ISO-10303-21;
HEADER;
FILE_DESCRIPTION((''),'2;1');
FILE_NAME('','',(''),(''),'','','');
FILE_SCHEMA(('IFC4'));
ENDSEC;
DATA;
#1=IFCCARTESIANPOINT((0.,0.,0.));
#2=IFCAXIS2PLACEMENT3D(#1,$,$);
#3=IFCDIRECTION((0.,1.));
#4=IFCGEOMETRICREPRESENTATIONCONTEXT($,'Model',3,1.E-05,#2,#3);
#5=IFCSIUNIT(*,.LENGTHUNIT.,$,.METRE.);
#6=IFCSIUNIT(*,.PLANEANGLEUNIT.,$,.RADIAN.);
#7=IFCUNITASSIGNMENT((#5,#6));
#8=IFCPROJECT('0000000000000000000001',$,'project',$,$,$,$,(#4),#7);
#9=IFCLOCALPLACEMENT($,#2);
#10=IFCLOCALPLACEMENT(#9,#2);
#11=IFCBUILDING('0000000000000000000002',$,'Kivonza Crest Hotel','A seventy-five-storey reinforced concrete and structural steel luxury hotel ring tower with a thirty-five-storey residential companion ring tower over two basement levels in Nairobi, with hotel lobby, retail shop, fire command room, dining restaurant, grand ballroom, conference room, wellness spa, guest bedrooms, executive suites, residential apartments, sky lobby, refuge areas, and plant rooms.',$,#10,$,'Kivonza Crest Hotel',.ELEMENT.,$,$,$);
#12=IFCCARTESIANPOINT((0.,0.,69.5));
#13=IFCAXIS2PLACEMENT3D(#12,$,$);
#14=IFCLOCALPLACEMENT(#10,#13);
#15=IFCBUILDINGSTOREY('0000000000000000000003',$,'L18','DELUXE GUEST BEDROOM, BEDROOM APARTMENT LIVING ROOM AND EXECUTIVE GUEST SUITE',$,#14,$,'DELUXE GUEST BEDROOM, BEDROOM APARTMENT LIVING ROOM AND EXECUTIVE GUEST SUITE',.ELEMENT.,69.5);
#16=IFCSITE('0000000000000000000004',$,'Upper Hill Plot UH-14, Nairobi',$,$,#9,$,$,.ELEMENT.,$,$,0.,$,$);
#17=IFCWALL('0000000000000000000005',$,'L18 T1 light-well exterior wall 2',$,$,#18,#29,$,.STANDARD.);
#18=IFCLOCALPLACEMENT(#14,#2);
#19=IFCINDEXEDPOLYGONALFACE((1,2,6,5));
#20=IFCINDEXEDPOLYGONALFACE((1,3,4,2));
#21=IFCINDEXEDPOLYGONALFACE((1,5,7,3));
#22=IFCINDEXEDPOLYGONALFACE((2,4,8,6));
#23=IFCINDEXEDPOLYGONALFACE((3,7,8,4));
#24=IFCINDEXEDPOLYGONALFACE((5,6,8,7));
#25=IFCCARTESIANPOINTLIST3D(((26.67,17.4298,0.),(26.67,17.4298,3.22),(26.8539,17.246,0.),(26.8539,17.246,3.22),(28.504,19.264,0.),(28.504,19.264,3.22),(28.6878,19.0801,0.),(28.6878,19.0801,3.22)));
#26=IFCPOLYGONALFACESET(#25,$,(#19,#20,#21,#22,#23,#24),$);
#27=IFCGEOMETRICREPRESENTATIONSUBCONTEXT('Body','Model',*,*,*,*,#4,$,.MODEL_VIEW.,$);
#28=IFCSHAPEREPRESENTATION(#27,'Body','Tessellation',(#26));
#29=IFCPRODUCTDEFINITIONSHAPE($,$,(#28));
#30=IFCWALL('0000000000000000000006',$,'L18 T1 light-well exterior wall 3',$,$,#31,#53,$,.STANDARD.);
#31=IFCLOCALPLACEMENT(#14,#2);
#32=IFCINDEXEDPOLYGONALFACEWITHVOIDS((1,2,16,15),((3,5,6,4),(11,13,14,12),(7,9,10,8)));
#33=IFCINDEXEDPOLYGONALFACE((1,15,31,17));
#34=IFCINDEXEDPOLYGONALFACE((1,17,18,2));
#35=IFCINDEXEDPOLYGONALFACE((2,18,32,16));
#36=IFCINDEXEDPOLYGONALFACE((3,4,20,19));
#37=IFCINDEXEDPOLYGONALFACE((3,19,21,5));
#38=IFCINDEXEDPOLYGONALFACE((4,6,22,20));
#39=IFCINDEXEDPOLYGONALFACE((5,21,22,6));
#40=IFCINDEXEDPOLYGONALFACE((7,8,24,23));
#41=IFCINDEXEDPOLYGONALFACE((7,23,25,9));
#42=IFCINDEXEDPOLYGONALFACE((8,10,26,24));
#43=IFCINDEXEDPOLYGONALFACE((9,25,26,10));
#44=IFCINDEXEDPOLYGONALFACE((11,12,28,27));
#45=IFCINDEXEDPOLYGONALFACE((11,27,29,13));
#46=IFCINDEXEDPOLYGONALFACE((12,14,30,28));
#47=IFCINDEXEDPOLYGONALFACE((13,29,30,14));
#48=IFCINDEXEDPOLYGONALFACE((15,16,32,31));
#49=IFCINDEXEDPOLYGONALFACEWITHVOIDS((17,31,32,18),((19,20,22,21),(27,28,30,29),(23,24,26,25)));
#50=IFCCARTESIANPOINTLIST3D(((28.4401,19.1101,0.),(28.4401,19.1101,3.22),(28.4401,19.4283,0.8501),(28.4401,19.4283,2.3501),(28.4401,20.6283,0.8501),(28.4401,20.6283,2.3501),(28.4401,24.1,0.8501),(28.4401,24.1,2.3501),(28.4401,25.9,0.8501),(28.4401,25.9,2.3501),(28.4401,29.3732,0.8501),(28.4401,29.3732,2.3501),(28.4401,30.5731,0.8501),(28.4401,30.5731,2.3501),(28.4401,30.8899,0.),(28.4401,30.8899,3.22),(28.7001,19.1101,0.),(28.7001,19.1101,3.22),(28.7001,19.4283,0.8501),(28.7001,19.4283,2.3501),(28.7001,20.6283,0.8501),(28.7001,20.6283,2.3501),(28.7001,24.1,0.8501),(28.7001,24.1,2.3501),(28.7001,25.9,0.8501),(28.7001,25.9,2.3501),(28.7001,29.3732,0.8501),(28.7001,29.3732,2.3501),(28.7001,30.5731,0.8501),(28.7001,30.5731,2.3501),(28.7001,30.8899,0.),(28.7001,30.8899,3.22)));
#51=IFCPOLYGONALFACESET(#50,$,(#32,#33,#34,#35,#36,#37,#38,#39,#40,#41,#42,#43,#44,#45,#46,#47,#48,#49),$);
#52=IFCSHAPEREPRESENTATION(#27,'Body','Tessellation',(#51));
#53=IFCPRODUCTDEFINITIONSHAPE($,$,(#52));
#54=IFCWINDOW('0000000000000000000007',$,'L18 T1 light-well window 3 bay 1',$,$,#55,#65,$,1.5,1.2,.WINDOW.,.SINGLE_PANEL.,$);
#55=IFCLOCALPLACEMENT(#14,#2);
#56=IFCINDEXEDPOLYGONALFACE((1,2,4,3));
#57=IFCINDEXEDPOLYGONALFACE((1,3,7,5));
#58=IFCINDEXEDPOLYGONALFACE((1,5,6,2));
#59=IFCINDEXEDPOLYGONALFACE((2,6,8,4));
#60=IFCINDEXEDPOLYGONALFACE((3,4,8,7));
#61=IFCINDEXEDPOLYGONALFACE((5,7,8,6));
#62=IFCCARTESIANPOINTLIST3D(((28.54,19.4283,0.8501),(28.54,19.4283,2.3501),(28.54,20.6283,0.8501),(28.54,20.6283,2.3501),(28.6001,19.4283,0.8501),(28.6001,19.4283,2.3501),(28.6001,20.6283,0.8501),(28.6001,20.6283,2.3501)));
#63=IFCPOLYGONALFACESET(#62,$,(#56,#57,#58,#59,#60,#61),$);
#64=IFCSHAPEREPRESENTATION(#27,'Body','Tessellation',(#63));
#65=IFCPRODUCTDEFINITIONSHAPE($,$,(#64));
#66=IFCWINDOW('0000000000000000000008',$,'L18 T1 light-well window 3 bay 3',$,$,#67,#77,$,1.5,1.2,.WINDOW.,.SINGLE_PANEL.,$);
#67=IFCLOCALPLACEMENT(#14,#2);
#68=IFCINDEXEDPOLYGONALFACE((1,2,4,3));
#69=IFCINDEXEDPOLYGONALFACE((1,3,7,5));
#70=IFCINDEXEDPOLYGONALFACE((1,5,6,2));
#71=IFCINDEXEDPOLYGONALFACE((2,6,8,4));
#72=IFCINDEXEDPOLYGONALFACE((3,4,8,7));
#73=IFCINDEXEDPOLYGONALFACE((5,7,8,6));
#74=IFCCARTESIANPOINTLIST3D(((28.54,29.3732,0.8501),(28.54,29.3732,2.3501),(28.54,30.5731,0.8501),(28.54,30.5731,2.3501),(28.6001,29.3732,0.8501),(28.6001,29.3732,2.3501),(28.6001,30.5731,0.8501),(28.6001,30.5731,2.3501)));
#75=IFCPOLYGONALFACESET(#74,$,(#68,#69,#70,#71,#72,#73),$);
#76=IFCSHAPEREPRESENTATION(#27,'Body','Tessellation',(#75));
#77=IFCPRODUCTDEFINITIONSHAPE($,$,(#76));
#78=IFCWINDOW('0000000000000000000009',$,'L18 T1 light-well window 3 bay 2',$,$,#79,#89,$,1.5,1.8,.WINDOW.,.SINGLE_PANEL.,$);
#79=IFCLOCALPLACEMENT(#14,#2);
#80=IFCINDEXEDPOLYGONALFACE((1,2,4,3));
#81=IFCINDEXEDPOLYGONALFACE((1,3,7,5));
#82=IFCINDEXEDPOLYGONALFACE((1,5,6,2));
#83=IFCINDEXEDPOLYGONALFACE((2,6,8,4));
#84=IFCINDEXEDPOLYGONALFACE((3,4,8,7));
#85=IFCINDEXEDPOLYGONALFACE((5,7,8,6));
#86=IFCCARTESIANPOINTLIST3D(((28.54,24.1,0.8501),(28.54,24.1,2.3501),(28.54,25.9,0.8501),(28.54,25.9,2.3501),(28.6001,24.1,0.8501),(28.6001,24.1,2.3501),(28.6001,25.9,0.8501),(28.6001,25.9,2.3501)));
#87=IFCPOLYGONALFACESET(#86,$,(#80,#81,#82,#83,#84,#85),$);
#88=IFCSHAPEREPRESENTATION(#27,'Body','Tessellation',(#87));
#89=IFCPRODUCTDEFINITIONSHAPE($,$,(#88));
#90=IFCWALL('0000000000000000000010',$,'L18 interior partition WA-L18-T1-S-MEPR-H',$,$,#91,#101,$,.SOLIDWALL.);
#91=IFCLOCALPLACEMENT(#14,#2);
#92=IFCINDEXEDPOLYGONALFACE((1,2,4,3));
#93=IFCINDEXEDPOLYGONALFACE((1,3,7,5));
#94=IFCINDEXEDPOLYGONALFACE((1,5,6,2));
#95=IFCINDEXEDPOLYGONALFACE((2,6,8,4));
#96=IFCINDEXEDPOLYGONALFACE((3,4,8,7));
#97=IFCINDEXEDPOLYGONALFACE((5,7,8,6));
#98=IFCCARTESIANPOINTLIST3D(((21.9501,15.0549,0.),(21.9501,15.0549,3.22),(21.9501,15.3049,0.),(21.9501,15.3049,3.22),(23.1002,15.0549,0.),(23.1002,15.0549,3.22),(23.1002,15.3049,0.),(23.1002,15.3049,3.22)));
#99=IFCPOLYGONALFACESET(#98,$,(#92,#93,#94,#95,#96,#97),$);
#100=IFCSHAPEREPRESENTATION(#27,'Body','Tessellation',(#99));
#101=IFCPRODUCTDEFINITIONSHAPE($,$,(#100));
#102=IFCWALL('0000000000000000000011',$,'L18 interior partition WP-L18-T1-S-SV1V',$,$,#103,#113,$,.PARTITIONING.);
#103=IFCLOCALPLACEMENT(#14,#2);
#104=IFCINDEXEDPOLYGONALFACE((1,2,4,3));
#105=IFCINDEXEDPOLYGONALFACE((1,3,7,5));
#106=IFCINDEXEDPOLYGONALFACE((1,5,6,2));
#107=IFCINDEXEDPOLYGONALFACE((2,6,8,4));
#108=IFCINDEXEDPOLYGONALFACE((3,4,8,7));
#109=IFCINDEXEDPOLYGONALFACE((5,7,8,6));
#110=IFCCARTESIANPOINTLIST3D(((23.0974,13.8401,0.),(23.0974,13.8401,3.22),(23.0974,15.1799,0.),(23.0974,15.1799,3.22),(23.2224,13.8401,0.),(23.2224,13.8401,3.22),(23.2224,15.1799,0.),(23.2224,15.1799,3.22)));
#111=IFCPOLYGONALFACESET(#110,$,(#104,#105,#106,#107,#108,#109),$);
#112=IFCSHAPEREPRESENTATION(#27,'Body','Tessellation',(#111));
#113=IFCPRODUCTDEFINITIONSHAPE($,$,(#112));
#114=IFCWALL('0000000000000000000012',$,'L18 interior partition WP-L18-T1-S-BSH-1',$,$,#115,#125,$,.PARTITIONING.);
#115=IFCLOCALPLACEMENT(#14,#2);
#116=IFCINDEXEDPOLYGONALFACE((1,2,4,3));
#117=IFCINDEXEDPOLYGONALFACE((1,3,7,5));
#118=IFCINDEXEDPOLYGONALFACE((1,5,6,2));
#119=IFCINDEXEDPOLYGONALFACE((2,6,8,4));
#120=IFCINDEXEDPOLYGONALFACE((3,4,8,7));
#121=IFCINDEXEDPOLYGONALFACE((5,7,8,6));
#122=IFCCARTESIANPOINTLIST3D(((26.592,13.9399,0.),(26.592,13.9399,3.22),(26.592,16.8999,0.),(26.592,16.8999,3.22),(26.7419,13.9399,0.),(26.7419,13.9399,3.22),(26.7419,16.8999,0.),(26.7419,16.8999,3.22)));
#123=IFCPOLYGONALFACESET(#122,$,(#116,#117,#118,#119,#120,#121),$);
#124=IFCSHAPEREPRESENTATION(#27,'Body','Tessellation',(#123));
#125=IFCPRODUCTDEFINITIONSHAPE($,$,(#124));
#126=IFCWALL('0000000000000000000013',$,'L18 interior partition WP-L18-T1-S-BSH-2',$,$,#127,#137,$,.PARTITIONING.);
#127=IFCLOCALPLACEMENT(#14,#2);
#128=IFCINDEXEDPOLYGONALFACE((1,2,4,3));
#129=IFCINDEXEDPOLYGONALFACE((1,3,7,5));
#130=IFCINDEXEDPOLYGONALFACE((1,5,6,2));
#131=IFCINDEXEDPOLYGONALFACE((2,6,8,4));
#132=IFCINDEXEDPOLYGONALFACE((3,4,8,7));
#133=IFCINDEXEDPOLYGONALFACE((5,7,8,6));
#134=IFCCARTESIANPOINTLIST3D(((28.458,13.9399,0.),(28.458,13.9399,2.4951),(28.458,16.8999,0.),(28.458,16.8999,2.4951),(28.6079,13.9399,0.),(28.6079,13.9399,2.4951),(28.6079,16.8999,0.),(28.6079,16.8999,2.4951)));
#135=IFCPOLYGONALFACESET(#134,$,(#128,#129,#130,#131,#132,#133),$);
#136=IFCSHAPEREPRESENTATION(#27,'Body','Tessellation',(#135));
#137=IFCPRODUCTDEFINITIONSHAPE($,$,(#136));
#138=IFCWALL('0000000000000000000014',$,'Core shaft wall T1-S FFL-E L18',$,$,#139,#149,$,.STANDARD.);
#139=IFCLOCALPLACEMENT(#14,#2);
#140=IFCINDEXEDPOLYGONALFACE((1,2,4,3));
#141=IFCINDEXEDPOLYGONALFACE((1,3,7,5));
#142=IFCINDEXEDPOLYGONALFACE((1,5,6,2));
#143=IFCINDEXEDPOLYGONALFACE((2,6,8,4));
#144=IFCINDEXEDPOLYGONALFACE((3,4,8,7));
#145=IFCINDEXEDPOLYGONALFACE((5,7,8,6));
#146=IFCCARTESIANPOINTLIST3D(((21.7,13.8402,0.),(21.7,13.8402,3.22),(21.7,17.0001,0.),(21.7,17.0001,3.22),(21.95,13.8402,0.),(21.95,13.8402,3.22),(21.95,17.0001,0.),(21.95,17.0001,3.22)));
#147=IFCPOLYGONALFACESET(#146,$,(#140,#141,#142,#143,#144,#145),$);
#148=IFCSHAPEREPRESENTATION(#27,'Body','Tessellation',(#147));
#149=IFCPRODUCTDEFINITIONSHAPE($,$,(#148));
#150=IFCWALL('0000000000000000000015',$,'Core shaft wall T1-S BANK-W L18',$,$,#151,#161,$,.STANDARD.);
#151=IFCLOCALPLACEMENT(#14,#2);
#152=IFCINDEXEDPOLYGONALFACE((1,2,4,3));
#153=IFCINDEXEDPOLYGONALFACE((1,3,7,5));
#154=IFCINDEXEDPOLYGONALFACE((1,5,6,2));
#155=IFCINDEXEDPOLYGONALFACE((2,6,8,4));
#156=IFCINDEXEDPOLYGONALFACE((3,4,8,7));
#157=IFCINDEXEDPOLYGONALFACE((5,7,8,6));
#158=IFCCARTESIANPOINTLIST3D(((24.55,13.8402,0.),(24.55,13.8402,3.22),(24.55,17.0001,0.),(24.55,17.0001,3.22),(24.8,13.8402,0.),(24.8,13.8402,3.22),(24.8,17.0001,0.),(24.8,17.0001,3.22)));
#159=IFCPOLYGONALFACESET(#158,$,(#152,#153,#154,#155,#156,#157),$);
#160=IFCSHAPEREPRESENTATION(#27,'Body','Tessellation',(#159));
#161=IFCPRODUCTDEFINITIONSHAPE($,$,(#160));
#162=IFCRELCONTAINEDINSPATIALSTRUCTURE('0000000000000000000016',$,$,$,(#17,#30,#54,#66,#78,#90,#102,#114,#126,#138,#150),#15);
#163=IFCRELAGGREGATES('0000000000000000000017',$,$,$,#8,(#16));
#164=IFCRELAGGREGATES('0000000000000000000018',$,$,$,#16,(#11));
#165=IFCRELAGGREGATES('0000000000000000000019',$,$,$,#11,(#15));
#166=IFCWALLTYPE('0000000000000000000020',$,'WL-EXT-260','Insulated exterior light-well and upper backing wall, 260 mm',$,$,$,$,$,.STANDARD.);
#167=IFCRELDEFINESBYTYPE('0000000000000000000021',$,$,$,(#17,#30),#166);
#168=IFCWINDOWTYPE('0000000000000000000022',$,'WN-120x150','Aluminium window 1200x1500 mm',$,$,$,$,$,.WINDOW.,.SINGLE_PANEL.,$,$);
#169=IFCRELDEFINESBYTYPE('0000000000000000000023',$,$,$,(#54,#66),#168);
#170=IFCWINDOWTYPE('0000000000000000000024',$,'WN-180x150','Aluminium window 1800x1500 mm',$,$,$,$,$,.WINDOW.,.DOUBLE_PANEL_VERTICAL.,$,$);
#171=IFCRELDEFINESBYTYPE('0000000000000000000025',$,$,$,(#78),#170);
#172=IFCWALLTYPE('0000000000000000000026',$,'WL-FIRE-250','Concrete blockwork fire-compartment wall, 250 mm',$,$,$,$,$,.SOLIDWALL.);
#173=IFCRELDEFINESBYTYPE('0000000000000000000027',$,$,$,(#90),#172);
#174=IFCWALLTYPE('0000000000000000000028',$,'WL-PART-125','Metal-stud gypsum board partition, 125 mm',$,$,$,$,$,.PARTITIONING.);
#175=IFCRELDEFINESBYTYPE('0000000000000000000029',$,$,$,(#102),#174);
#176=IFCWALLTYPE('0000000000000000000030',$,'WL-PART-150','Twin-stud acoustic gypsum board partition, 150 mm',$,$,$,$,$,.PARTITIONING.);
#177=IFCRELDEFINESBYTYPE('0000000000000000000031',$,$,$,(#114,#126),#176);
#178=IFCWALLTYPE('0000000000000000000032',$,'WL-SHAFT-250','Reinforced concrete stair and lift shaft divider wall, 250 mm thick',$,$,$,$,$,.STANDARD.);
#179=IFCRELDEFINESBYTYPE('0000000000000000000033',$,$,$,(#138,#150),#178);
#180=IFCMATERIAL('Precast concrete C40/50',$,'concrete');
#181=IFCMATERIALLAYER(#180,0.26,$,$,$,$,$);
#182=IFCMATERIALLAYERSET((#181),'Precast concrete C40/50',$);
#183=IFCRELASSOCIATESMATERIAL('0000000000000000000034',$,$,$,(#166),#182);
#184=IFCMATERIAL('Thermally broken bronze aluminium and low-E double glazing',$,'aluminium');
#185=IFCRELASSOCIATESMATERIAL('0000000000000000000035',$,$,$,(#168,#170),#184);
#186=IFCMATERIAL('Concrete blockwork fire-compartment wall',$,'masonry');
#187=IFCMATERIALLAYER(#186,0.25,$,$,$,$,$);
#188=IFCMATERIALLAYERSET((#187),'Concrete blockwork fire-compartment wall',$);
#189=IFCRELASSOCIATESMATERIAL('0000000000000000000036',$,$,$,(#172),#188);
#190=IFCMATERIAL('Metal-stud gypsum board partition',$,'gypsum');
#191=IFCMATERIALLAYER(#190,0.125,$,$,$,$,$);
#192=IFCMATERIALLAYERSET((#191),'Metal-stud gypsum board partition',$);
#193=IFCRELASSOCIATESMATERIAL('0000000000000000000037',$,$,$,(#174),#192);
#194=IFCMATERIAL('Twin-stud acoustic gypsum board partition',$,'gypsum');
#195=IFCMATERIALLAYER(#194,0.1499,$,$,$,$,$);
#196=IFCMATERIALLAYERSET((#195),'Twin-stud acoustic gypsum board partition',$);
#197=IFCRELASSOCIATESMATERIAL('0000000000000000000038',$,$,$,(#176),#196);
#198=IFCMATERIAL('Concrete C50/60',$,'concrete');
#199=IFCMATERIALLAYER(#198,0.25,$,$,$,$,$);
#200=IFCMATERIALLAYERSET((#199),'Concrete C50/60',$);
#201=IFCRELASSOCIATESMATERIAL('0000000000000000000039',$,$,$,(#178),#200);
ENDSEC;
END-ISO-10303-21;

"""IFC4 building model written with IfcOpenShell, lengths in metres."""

from ifc_helpers import new_model, si_unit, direction, frame, frame_2d, origin, place, context, subcontext, project, spatial, rectangle, extrude, material, layer, layer_set, type_object, element, fill, save


model = new_model("IFC4")

# Units and contexts
model_context = context("Model", 3, precision=1e-05, world=origin(), true_north=direction((0.0, 1.0)))
body_context = subcontext(model_context, "Body", "Model", "MODEL_VIEW")
ifc_project = project(units=[si_unit("LENGTHUNIT", "METRE"), si_unit("PLANEANGLEUNIT", "RADIAN")], contexts=[model_context])

# Site, building, storey
site_placement = place(None, origin())
site = spatial("IfcSite", under=ifc_project, at=site_placement, Name="Upper Hill Plot UH-14, Nairobi", CompositionType="ELEMENT", RefElevation=0.0)
building_placement = place(site_placement, origin())
building = spatial("IfcBuilding", under=site, at=building_placement, Name="Kivonza Crest Hotel", Description="A seventy-five-storey reinforced concrete and structural steel luxury hotel ring tower with a thirty-five-storey residential companion ring tower over two basement levels in Nairobi, with hotel lobby, retail shop, fire command room, dining restaurant, grand ballroom, conference room, wellness spa, guest bedrooms, executive suites, residential apartments, sky lobby, refuge areas, and plant rooms.", LongName="Kivonza Crest Hotel", CompositionType="ELEMENT")
storey_placement = place(building_placement, frame((0.0, 0.0, 69.5)))
storey = spatial("IfcBuildingStorey", under=building, at=storey_placement, Name="L18", Description="DELUXE GUEST BEDROOM, BEDROOM APARTMENT LIVING ROOM AND EXECUTIVE GUEST SUITE", LongName="DELUXE GUEST BEDROOM, BEDROOM APARTMENT LIVING ROOM AND EXECUTIVE GUEST SUITE", CompositionType="ELEMENT", Elevation=69.5)

# Wall
ifc_material_1 = material(Name="Precast concrete C40/50", Category="concrete")
ifc_layer_1 = layer(ifc_material_1, 0.26)
ifc_layer_set_1 = layer_set([ifc_layer_1], Name="Precast concrete C40/50")
wall_type_1 = type_object("IfcWallType", Name="WL-EXT-260", Description="Insulated exterior light-well and upper backing wall, 260 mm", PredefinedType="STANDARD", material=ifc_layer_set_1)
wall_1_placement = place(storey_placement, frame((26.762, 17.3379, 0.0), z_axis=(0.0, 0.0, 1.0), x_axis=(0.70706, 0.707154, 0.0)))
element("IfcWall", 1, at=wall_1_placement, inside=storey, type_object=wall_type_1, Name="L18 T1 light-well exterior wall 2", PredefinedType="STANDARD", context=body_context, shape_type="SweptSolid", body=[
    extrude(rectangle(XDim=2.5938, YDim=0.26, at=frame_2d((1.2969, 0.0))), origin(), (0.0, 0.0, 1.0), 3.22),
])

# Wall, openings, windows
wall_2_placement = place(storey_placement, frame((28.5701, 19.1101, 0.0), z_axis=(0.0, 0.0, 1.0), x_axis=(0.0, 1.0, 0.0)))
wall_2 = element("IfcWall", 2, at=wall_2_placement, inside=storey, type_object=wall_type_1, Name="L18 T1 light-well exterior wall 3", PredefinedType="STANDARD", context=body_context, shape_type="SweptSolid", body=[
    extrude(rectangle(XDim=11.7798, YDim=0.26, at=frame_2d((5.8899, 0.0))), origin(), (0.0, 0.0, 1.0), 3.22),
])
opening_1_placement = place(wall_2_placement, frame((0.3181, 0.0, 0.8501)))
opening_1 = element("IfcOpeningElement", 3, at=opening_1_placement, cuts=wall_2, PredefinedType="OPENING", context=body_context, shape_type="SweptSolid", body=[
    extrude(rectangle(XDim=1.2, YDim=1.5, at=frame_2d((0.6001, 0.75))), frame((0.0, 0.1401, 0.0), z_axis=(0.0, -1.0, 0.0), x_axis=(1.0, 0.0, 0.0)), (0.0, 0.0, 1.0), 0.28),
])
opening_2_placement = place(wall_2_placement, frame((4.99, 0.0, 0.8501)))
opening_2 = element("IfcOpeningElement", 4, at=opening_2_placement, cuts=wall_2, PredefinedType="OPENING", context=body_context, shape_type="SweptSolid", body=[
    extrude(rectangle(XDim=1.8, YDim=1.5, at=frame_2d((0.8999, 0.75))), frame((0.0, 0.1401, 0.0), z_axis=(0.0, -1.0, 0.0), x_axis=(1.0, 0.0, 0.0)), (0.0, 0.0, 1.0), 0.28),
])
opening_3_placement = place(wall_2_placement, frame((10.2629, 0.0, 0.8501)))
opening_3 = element("IfcOpeningElement", 5, at=opening_3_placement, cuts=wall_2, PredefinedType="OPENING", context=body_context, shape_type="SweptSolid", body=[
    extrude(rectangle(XDim=1.2, YDim=1.5, at=frame_2d((0.6001, 0.75))), frame((0.0, 0.1401, 0.0), z_axis=(0.0, -1.0, 0.0), x_axis=(1.0, 0.0, 0.0)), (0.0, 0.0, 1.0), 0.28),
])
ifc_material_2 = material(Name="Thermally broken bronze aluminium and low-E double glazing", Category="aluminium")
window_type_1 = type_object("IfcWindowType", Name="WN-120x150", Description="Aluminium window 1200x1500 mm", PartitioningType="SINGLE_PANEL", PredefinedType="WINDOW", material=ifc_material_2)
window_1_placement = place(opening_1_placement, origin())
window_1 = element("IfcWindow", 6, at=window_1_placement, inside=storey, type_object=window_type_1, Name="L18 T1 light-well window 3 bay 1", OverallHeight=1.5, OverallWidth=1.2, PartitioningType="SINGLE_PANEL", PredefinedType="WINDOW", context=body_context, shape_type="SweptSolid", body=[
    extrude(rectangle(XDim=1.2, YDim=1.5, at=frame_2d((0.6001, 0.75))), frame((0.0, 0.03, 0.0), z_axis=(0.0, -1.0, 0.0), x_axis=(1.0, 0.0, 0.0)), (0.0, 0.0, 1.0), 0.0601),
])
fill(opening_1, window_1)
window_2_placement = place(opening_3_placement, origin())
window_2 = element("IfcWindow", 7, at=window_2_placement, inside=storey, type_object=window_type_1, Name="L18 T1 light-well window 3 bay 3", OverallHeight=1.5, OverallWidth=1.2, PartitioningType="SINGLE_PANEL", PredefinedType="WINDOW", context=body_context, shape_type="SweptSolid", body=[
    extrude(rectangle(XDim=1.2, YDim=1.5, at=frame_2d((0.6001, 0.75))), frame((0.0, 0.03, 0.0), z_axis=(0.0, -1.0, 0.0), x_axis=(1.0, 0.0, 0.0)), (0.0, 0.0, 1.0), 0.0601),
])
fill(opening_3, window_2)
window_type_2 = type_object("IfcWindowType", Name="WN-180x150", Description="Aluminium window 1800x1500 mm", PartitioningType="DOUBLE_PANEL_VERTICAL", PredefinedType="WINDOW", material=ifc_material_2)
window_3_placement = place(opening_2_placement, origin())
window_3 = element("IfcWindow", 8, at=window_3_placement, inside=storey, type_object=window_type_2, Name="L18 T1 light-well window 3 bay 2", OverallHeight=1.5, OverallWidth=1.8, PartitioningType="SINGLE_PANEL", PredefinedType="WINDOW", context=body_context, shape_type="SweptSolid", body=[
    extrude(rectangle(XDim=1.8, YDim=1.5, at=frame_2d((0.8999, 0.75))), frame((0.0, 0.03, 0.0), z_axis=(0.0, -1.0, 0.0), x_axis=(1.0, 0.0, 0.0)), (0.0, 0.0, 1.0), 0.0601),
])
fill(opening_2, window_3)

# Walls
ifc_material_3 = material(Name="Concrete blockwork fire-compartment wall", Category="masonry")
ifc_layer_2 = layer(ifc_material_3, 0.25)
ifc_layer_set_2 = layer_set([ifc_layer_2], Name="Concrete blockwork fire-compartment wall")
wall_type_2 = type_object("IfcWallType", Name="WL-FIRE-250", Description="Concrete blockwork fire-compartment wall, 250 mm", PredefinedType="SOLIDWALL", material=ifc_layer_set_2)
wall_3_placement = place(storey_placement, frame((21.95, 15.1799, 0.0), z_axis=(0.0, 0.0, 1.0), x_axis=(1.0, 0.0, 0.0)))
element("IfcWall", 9, at=wall_3_placement, inside=storey, type_object=wall_type_2, Name="L18 interior partition WA-L18-T1-S-MEPR-H", PredefinedType="SOLIDWALL", context=body_context, shape_type="SweptSolid", body=[
    extrude(rectangle(XDim=1.1501, YDim=0.25, at=frame_2d((0.5752, 0.0))), origin(), (0.0, 0.0, 1.0), 3.22),
])
ifc_material_4 = material(Name="Metal-stud gypsum board partition", Category="gypsum")
ifc_layer_3 = layer(ifc_material_4, 0.125)
ifc_layer_set_3 = layer_set([ifc_layer_3], Name="Metal-stud gypsum board partition")
wall_type_3 = type_object("IfcWallType", Name="WL-PART-125", Description="Metal-stud gypsum board partition, 125 mm", PredefinedType="PARTITIONING", material=ifc_layer_set_3)
wall_4_placement = place(storey_placement, frame((23.1599, 13.8401, 0.0), z_axis=(0.0, 0.0, 1.0), x_axis=(0.0, 1.0, 0.0)))
element("IfcWall", 10, at=wall_4_placement, inside=storey, type_object=wall_type_3, Name="L18 interior partition WP-L18-T1-S-SV1V", PredefinedType="PARTITIONING", context=body_context, shape_type="SweptSolid", body=[
    extrude(rectangle(XDim=1.3398, YDim=0.125, at=frame_2d((0.6699, 0.0))), origin(), (0.0, 0.0, 1.0), 3.22),
])
ifc_material_5 = material(Name="Twin-stud acoustic gypsum board partition", Category="gypsum")
ifc_layer_4 = layer(ifc_material_5, 0.1499)
ifc_layer_set_4 = layer_set([ifc_layer_4], Name="Twin-stud acoustic gypsum board partition")
wall_type_4 = type_object("IfcWallType", Name="WL-PART-150", Description="Twin-stud acoustic gypsum board partition, 150 mm", PredefinedType="PARTITIONING", material=ifc_layer_set_4)
wall_5_placement = place(storey_placement, frame((26.667, 13.9399, 0.0), z_axis=(0.0, 0.0, 1.0), x_axis=(0.0, 1.0, 0.0)))
element("IfcWall", 11, at=wall_5_placement, inside=storey, type_object=wall_type_4, Name="L18 interior partition WP-L18-T1-S-BSH-1", PredefinedType="PARTITIONING", context=body_context, shape_type="SweptSolid", body=[
    extrude(rectangle(XDim=2.96, YDim=0.1499, at=frame_2d((1.48, 0.0))), origin(), (0.0, 0.0, 1.0), 3.22),
])
wall_6_placement = place(storey_placement, frame((28.533, 13.9399, 0.0), z_axis=(0.0, 0.0, 1.0), x_axis=(0.0, 1.0, 0.0)))
element("IfcWall", 12, at=wall_6_placement, inside=storey, type_object=wall_type_4, Name="L18 interior partition WP-L18-T1-S-BSH-2", PredefinedType="PARTITIONING", context=body_context, shape_type="SweptSolid", body=[
    extrude(rectangle(XDim=2.96, YDim=0.1499, at=frame_2d((1.48, 0.0))), origin(), (0.0, 0.0, 1.0), 2.4951),
])

# Shared definitions
ifc_material_6 = material(Name="Concrete C50/60", Category="concrete")
ifc_layer_5 = layer(ifc_material_6, 0.25)
ifc_layer_set_5 = layer_set([ifc_layer_5], Name="Concrete C50/60")
wall_type_5 = type_object("IfcWallType", Name="WL-SHAFT-250", Description="Reinforced concrete stair and lift shaft divider wall, 250 mm thick", PredefinedType="STANDARD", material=ifc_layer_set_5)

# Walls
for number, where, z_axis, x_axis, name in (
    (13, (21.825, 13.8401, 0.0), (0.0, 0.0, 1.0), (0.0, 1.0, 0.0), "Core shaft wall T1-S FFL-E L18"),
    (14, (24.675, 13.8401, 0.0), (0.0, 0.0, 1.0), (0.0, 1.0, 0.0), "Core shaft wall T1-S BANK-W L18"),
):
    element("IfcWall", number, at=place(storey_placement, frame(where, z_axis=z_axis, x_axis=x_axis)), inside=storey, type_object=wall_type_5, Name=name, PredefinedType="STANDARD", context=body_context, shape_type="SweptSolid", body=[
        extrude(rectangle(XDim=3.1599, YDim=0.25, at=frame_2d((1.5801, 0.0))), origin(), (0.0, 0.0, 1.0), 3.22),
    ])

save(model, "model.ifc")
